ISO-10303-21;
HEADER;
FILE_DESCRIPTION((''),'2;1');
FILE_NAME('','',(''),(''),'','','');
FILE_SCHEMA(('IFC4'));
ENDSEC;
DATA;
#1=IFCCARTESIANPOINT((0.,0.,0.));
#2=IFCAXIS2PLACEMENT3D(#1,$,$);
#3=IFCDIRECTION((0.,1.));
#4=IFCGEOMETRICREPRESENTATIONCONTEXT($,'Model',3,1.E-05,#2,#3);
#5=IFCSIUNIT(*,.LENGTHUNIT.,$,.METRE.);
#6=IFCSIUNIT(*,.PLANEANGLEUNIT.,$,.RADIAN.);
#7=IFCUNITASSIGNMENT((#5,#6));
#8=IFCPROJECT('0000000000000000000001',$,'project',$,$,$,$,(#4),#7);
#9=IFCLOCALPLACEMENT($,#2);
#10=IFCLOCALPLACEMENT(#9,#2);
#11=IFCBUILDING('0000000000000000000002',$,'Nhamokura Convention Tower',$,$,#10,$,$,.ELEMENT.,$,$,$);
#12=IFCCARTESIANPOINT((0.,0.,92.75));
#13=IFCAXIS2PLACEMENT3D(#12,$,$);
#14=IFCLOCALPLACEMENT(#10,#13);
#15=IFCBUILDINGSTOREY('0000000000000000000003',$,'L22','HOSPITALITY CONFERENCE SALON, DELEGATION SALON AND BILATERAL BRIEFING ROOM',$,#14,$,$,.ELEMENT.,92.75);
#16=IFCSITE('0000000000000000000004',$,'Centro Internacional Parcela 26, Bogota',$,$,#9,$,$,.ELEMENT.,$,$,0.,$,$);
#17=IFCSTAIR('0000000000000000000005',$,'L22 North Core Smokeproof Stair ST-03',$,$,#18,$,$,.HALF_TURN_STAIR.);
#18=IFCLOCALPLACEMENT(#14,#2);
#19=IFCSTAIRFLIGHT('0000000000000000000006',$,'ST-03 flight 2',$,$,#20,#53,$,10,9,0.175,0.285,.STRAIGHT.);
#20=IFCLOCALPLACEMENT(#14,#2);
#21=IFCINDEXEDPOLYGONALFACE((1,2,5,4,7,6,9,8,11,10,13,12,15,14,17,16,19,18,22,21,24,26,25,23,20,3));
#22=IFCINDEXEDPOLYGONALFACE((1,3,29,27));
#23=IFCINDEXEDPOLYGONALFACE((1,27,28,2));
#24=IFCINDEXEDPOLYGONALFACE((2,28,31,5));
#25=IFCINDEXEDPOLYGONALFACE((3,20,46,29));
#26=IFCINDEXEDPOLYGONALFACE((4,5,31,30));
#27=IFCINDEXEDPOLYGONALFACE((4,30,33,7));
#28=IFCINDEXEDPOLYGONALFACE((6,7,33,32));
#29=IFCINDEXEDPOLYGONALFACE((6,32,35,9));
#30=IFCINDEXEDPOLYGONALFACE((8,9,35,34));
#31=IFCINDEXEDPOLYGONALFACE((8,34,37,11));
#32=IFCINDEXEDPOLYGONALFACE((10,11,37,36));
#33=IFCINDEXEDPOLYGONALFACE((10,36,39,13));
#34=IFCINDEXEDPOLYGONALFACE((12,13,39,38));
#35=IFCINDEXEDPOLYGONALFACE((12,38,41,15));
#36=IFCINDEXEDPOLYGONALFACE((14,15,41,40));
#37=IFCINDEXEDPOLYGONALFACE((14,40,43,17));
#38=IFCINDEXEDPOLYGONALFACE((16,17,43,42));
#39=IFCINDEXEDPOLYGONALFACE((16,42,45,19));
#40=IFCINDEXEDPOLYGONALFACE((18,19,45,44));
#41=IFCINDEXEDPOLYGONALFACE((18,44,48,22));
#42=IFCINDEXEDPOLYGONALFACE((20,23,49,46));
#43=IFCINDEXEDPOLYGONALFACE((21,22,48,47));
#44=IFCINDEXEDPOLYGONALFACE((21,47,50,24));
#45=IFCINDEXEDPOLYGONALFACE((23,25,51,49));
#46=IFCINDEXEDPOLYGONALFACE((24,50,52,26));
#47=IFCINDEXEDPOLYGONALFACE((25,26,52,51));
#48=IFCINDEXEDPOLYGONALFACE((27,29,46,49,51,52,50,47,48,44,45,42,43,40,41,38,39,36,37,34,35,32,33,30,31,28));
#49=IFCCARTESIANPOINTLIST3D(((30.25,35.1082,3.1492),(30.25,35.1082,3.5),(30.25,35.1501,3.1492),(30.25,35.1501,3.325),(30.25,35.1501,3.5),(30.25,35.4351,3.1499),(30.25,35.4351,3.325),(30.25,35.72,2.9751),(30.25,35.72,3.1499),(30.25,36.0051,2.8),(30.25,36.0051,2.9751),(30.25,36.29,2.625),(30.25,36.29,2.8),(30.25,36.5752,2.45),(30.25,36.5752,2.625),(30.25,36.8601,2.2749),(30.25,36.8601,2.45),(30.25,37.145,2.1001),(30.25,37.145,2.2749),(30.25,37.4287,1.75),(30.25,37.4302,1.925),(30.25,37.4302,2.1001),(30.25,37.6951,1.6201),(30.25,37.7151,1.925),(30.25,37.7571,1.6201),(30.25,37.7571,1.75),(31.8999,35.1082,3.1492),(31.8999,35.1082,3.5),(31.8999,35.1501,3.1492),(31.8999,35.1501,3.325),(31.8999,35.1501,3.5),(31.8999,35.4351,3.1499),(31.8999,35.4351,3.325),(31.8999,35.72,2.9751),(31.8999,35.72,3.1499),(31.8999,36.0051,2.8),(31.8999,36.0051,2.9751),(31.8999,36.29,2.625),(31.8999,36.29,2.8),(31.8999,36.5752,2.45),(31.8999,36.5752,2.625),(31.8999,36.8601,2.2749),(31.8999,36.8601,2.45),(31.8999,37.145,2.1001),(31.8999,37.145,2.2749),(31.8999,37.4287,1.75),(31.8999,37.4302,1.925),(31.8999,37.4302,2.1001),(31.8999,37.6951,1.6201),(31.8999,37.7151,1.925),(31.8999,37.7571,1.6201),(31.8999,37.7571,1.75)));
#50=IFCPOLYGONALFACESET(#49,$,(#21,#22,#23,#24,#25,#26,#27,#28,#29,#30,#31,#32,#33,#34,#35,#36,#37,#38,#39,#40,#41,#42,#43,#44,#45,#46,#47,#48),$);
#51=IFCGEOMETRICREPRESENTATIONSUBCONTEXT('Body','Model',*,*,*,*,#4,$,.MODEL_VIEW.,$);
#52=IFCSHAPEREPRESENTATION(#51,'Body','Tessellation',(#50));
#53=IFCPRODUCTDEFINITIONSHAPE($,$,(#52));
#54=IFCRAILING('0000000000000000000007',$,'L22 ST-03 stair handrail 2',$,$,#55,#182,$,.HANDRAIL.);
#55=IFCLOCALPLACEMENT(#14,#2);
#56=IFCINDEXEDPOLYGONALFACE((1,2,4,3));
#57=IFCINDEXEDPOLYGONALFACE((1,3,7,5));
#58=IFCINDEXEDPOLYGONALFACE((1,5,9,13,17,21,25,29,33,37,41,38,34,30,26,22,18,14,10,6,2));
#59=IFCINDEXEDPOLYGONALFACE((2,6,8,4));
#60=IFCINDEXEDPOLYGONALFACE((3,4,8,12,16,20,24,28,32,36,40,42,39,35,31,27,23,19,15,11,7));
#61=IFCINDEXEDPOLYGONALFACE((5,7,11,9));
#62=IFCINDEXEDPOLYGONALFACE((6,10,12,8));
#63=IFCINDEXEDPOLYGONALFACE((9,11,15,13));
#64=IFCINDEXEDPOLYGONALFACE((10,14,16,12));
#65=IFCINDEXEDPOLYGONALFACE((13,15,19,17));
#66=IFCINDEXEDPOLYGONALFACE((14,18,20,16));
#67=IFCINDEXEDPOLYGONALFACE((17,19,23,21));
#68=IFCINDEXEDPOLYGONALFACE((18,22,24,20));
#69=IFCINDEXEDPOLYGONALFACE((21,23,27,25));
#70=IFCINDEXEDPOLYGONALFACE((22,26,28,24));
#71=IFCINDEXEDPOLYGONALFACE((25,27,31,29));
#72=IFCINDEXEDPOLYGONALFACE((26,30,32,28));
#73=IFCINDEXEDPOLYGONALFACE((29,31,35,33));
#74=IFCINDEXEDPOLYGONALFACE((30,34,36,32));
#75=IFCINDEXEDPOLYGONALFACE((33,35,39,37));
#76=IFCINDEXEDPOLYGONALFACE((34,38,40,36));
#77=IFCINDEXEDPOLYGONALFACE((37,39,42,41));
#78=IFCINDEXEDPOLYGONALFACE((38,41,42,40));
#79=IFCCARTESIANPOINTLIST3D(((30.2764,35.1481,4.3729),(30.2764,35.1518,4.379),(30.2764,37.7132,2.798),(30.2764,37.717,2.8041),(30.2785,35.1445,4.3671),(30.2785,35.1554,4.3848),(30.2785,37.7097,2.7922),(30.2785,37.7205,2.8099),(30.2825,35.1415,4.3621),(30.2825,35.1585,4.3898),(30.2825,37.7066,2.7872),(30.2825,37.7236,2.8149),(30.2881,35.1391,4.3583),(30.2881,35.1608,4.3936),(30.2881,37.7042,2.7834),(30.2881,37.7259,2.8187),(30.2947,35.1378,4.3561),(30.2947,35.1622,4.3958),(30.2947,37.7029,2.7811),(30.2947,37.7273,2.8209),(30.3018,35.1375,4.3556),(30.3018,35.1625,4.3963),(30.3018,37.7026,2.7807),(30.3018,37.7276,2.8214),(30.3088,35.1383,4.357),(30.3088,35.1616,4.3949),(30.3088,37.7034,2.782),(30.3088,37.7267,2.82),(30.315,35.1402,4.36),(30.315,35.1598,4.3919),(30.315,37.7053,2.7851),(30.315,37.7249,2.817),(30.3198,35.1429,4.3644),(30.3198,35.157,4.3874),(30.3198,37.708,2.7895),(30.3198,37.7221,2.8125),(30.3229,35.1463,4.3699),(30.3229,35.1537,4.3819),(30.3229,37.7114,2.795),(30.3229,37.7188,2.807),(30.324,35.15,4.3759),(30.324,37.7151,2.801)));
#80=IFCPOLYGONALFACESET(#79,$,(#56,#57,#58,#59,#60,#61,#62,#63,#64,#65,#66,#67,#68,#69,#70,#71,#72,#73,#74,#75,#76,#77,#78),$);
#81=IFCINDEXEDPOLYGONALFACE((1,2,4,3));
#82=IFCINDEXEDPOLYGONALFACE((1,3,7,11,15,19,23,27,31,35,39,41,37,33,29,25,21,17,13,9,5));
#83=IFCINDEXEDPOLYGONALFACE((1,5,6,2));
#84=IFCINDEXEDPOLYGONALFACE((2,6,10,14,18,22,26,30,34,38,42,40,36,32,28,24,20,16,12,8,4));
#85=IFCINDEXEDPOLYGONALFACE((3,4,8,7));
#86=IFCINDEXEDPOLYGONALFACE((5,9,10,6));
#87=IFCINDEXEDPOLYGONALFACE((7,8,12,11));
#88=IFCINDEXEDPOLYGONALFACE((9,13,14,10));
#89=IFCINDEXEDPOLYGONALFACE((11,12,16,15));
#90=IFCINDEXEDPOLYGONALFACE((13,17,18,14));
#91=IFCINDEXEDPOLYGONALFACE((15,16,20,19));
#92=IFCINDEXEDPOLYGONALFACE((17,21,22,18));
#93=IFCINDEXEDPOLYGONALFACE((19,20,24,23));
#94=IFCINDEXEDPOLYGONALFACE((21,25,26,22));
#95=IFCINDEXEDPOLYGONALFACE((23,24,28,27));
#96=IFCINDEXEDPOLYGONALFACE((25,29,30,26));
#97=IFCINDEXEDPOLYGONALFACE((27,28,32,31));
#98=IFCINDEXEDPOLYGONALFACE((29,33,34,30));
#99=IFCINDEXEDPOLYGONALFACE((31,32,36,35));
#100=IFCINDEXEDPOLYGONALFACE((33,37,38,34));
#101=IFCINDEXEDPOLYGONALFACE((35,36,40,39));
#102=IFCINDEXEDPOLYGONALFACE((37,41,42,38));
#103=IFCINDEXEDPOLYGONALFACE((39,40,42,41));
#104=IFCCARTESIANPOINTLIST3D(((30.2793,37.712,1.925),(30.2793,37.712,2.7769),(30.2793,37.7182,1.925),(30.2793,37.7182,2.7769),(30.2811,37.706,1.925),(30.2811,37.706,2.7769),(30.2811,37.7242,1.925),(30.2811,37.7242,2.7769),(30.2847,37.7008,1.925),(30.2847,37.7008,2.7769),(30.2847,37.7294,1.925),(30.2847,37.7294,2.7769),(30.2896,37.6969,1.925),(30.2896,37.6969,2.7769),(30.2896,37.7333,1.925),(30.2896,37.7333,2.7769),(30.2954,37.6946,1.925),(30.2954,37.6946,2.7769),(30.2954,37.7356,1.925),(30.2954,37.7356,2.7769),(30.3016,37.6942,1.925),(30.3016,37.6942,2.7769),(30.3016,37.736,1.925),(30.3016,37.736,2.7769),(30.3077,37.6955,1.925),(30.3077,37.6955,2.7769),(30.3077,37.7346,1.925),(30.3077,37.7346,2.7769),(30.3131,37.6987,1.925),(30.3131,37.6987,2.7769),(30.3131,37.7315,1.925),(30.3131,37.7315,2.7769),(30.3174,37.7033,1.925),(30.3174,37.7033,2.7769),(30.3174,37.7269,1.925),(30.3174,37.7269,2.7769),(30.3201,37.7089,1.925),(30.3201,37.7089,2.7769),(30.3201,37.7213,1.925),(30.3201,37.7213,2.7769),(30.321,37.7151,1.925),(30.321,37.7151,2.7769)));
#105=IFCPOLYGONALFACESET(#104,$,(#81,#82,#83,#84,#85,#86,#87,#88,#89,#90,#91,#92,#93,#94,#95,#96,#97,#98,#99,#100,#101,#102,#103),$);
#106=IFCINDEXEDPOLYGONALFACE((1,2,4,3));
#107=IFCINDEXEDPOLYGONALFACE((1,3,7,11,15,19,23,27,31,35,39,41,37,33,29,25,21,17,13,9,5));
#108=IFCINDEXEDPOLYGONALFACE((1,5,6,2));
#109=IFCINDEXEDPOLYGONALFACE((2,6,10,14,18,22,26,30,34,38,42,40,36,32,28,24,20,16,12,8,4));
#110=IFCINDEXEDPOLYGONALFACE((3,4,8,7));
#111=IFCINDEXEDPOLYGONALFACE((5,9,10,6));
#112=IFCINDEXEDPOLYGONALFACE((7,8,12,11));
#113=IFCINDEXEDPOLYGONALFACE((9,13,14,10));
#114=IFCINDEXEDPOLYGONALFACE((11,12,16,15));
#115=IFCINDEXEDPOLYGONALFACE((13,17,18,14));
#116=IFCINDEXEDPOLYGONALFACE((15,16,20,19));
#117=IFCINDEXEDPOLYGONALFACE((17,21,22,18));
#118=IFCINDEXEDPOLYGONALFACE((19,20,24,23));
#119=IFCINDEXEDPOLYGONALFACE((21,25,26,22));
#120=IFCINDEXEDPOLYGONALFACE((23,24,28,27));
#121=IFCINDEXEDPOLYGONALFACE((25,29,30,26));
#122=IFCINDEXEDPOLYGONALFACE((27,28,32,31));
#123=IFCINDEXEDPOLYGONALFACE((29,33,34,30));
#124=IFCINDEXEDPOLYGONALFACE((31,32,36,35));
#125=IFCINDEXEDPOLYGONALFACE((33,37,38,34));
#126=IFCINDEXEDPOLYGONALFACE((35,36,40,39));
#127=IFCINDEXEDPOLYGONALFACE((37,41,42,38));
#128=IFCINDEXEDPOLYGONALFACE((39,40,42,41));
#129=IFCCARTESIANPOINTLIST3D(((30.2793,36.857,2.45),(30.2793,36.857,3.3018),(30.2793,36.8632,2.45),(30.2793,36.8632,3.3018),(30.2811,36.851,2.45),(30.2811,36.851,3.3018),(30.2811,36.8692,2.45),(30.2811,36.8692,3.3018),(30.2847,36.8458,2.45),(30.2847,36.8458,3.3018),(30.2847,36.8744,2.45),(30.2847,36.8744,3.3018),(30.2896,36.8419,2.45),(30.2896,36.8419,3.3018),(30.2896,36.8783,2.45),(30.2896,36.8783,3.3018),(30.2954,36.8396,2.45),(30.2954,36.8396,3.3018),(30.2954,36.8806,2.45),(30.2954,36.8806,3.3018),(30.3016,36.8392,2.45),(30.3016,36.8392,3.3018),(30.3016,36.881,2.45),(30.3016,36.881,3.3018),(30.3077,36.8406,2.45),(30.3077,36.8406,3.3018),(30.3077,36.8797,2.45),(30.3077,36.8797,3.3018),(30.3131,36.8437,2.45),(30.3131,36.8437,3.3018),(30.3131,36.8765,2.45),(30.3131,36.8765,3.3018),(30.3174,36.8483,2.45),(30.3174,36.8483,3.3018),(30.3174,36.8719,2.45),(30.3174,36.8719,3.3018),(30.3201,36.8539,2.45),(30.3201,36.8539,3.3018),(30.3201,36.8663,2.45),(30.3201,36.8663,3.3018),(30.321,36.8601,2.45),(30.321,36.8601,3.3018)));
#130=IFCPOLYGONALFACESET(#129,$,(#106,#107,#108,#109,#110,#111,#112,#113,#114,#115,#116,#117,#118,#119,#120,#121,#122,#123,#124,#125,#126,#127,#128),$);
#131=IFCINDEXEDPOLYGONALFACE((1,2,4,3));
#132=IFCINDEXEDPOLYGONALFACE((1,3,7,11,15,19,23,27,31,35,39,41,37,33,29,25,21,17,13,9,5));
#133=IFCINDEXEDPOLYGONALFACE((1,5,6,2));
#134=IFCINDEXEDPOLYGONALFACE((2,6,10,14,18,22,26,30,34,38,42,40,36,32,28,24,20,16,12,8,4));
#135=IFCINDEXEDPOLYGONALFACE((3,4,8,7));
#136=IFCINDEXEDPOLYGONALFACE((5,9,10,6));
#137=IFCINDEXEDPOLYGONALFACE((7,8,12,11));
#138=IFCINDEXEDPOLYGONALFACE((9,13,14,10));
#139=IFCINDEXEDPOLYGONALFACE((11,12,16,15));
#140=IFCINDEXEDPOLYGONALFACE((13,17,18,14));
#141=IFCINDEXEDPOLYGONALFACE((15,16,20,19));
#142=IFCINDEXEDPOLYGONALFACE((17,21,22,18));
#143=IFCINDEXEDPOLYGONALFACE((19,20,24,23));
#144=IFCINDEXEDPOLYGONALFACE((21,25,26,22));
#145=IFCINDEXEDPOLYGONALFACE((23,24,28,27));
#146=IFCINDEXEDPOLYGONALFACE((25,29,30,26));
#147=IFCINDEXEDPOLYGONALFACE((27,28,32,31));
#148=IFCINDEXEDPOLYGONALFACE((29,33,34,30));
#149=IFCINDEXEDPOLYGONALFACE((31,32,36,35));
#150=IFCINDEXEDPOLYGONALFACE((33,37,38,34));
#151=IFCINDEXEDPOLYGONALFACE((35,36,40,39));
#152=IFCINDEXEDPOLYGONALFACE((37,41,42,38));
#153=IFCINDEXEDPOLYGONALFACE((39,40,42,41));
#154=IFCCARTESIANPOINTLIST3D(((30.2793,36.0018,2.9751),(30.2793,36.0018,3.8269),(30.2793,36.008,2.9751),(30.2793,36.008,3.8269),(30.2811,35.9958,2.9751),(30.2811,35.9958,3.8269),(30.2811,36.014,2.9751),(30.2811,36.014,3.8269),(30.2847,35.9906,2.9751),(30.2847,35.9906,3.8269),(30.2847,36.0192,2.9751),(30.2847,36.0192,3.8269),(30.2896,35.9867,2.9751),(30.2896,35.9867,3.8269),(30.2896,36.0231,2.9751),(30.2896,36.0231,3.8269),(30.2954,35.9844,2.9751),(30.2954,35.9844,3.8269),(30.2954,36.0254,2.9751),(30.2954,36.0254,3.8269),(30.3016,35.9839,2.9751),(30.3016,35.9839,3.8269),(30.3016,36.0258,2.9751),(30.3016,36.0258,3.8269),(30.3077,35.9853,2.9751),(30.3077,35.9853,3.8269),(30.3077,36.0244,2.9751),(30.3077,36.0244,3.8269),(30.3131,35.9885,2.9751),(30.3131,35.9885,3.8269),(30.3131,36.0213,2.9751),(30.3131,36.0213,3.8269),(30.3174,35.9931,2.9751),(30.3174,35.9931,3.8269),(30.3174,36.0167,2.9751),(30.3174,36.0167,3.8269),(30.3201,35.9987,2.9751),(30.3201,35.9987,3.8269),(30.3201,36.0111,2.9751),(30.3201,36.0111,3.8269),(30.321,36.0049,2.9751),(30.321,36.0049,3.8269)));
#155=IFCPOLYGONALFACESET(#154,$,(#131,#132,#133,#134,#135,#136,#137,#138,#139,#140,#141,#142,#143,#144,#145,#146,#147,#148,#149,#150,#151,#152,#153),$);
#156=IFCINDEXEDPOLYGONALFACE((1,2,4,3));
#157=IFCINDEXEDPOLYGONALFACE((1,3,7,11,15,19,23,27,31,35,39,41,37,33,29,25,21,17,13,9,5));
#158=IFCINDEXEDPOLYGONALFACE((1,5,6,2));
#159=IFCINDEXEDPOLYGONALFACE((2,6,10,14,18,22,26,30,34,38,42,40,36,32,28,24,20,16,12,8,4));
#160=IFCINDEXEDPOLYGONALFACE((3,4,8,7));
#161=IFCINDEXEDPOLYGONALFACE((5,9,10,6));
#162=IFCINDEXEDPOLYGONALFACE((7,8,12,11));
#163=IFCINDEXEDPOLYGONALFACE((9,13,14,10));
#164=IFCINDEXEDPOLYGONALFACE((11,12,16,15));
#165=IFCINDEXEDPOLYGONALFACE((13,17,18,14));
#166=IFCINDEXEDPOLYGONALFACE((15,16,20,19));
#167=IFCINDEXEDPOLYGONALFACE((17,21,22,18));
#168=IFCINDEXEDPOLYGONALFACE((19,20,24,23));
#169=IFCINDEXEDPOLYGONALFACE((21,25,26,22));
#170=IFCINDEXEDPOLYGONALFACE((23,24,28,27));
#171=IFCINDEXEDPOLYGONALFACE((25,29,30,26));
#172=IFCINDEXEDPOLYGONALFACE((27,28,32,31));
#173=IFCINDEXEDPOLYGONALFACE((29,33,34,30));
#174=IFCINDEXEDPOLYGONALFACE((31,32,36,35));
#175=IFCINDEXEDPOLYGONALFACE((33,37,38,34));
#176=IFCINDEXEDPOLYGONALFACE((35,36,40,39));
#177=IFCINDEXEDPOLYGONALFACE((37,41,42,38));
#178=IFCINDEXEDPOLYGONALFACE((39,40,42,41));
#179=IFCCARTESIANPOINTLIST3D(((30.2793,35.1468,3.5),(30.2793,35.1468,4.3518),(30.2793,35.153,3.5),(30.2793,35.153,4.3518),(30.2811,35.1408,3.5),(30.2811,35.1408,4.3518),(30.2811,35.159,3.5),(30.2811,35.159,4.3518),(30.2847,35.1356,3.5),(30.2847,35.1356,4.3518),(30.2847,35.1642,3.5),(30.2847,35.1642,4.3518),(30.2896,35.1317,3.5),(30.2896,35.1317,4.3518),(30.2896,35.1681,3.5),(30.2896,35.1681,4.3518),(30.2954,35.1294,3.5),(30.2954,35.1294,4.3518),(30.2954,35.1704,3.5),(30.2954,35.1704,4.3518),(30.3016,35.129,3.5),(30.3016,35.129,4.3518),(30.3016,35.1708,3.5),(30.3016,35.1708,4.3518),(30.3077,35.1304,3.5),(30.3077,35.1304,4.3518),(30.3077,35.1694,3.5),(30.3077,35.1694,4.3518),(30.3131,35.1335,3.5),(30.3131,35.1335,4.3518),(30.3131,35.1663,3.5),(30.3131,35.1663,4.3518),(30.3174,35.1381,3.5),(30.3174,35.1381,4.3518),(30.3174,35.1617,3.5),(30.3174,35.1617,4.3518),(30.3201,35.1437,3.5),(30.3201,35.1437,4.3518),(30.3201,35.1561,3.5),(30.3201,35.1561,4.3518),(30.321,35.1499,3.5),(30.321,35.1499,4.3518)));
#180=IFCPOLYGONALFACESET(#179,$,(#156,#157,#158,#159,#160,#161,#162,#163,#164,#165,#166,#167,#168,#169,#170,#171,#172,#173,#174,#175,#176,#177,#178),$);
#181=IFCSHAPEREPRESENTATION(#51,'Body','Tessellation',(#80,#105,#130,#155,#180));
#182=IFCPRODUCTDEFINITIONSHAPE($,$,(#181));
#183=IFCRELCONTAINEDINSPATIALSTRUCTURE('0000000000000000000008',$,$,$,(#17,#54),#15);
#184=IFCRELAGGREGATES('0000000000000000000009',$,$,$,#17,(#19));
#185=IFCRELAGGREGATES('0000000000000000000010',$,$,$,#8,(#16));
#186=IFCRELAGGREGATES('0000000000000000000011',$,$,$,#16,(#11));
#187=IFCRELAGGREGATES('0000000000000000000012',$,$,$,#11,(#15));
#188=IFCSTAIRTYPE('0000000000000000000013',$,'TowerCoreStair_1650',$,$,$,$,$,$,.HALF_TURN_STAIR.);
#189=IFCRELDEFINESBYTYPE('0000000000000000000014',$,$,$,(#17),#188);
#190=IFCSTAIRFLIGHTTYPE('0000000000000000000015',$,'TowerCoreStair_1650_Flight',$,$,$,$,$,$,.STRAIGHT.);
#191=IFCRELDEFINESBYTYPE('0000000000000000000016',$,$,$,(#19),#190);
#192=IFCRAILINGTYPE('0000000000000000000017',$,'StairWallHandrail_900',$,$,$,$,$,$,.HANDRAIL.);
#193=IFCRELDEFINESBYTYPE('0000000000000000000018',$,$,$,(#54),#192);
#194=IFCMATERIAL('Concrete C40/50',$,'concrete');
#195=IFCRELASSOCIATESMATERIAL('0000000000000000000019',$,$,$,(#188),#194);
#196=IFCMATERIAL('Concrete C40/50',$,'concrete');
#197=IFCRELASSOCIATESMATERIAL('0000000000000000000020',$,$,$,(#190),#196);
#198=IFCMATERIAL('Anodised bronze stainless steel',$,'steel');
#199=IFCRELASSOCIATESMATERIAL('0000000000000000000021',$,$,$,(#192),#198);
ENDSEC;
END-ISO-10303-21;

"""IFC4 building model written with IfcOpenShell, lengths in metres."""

from ifc_helpers import new_model, si_unit, direction, frame, origin, origin_2d, place, context, subcontext, project, spatial, polyline, circle, outline, extrude, material, type_object, element, aggregate, save


model = new_model("IFC4")

# Units and contexts
model_context = context("Model", 3, precision=1e-05, world=origin(), true_north=direction((0.0, 1.0)))
body_context = subcontext(model_context, "Body", "Model", "MODEL_VIEW")
ifc_project = project(units=[si_unit("LENGTHUNIT", "METRE"), si_unit("PLANEANGLEUNIT", "RADIAN")], contexts=[model_context])

# Site, building, storey
site_placement = place(None, origin())
site = spatial("IfcSite", under=ifc_project, at=site_placement, Name="Centro Internacional Parcela 26, Bogota", CompositionType="ELEMENT", RefElevation=0.0)
building_placement = place(site_placement, origin())
building = spatial("IfcBuilding", under=site, at=building_placement, Name="Nhamokura Convention Tower", CompositionType="ELEMENT")
storey_placement = place(building_placement, frame((0.0, 0.0, 92.75)))
storey = spatial("IfcBuildingStorey", under=building, at=storey_placement, Name="L22", Description="HOSPITALITY CONFERENCE SALON, DELEGATION SALON AND BILATERAL BRIEFING ROOM", CompositionType="ELEMENT", Elevation=92.75)

# Stair, stair flight
ifc_material_1 = material(Name="Concrete C40/50", Category="concrete")
stair_type = type_object("IfcStairType", Name="TowerCoreStair_1650", PredefinedType="HALF_TURN_STAIR", material=ifc_material_1)
stair_placement = place(storey_placement, origin())
stair = element("IfcStair", 1, at=stair_placement, inside=storey, type_object=stair_type, Name="L22 North Core Smokeproof Stair ST-03", PredefinedType="HALF_TURN_STAIR")
ifc_material_2 = material(Name="Concrete C40/50", Category="concrete")
stair_flight_type = type_object("IfcStairFlightType", Name="TowerCoreStair_1650_Flight", PredefinedType="STRAIGHT", material=ifc_material_2)
stair_flight_placement = place(storey_placement, frame((31.075, 37.7151, 1.75), z_axis=(0.0, 0.0, 1.0), x_axis=(0.0, -1.0, 0.0)))
stair_flight = element("IfcStairFlight", 2, at=stair_flight_placement, type_object=stair_flight_type, Name="ST-03 flight 2", NumberOfRisers=10, NumberOfTreads=9, PredefinedType="STRAIGHT", RiserHeight=0.175, TreadLength=0.285, context=body_context, shape_type="SweptSolid", body=[
    extrude(outline(polyline([(-0.042, 0.0), (0.0, 0.175), (0.2849, 0.175), (0.2849, 0.3501), (0.5701, 0.3501), (0.5701, 0.5249), (0.855, 0.5249), (0.855, 0.7), (1.1399, 0.7), (1.1399, 0.875), (1.425, 0.875), (1.425, 1.05), (1.71, 1.05), (1.71, 1.2251), (1.9951, 1.2251), (1.9951, 1.3999), (2.28, 1.3999), (2.28, 1.575), (2.5649, 1.575), (2.5649, 1.75), (2.6069, 1.75), (2.6069, 1.3992), (2.5649, 1.3992), (0.2864, 0.0), (0.02, -0.1299), (-0.042, -0.1299), (-0.042, 0.0)])), frame((0.0, 0.825, 0.0), z_axis=(0.0, -1.0, 0.0), x_axis=(1.0, 0.0, 0.0)), (0.0, 0.0, 1.0), 1.6499),
])
aggregate(stair, [stair_flight])

# Railing
ifc_material_3 = material(Name="Anodised bronze stainless steel", Category="steel")
railing_type_1 = type_object("IfcRailingType", Name="StairWallHandrail_900", PredefinedType="HANDRAIL", material=ifc_material_3)
railing_1_placement = place(storey_placement, frame((30.3, 37.7151, 1.925)))
element("IfcRailing", 3, at=railing_1_placement, inside=storey, type_object=railing_type_1, Name="L22 ST-03 stair handrail 2", PredefinedType="HANDRAIL", context=body_context, shape_type="SweptSolid", body=[
    extrude(circle(Radius=0.0239, at=origin_2d()), frame((0.0, 0.0, 0.876), z_axis=(0.0, -0.852195, 0.523224), x_axis=(1.0, 0.0, 0.0)), (0.0, 0.0, 1.0), 3.01),
    extrude(circle(Radius=0.021, at=origin_2d()), origin(), (0.0, 0.0, 1.0), 0.8518),
    extrude(circle(Radius=0.021, at=origin_2d()), frame((0.0, -0.855, 0.5249)), (0.0, 0.0, 1.0), 0.8518),
    extrude(circle(Radius=0.021, at=origin_2d()), frame((0.0, -1.7102, 1.05)), (0.0, 0.0, 1.0), 0.8518),
    extrude(circle(Radius=0.021, at=origin_2d()), frame((0.0, -2.5652, 1.575)), (0.0, 0.0, 1.0), 0.8518),
])

save(model, "model.ifc")
